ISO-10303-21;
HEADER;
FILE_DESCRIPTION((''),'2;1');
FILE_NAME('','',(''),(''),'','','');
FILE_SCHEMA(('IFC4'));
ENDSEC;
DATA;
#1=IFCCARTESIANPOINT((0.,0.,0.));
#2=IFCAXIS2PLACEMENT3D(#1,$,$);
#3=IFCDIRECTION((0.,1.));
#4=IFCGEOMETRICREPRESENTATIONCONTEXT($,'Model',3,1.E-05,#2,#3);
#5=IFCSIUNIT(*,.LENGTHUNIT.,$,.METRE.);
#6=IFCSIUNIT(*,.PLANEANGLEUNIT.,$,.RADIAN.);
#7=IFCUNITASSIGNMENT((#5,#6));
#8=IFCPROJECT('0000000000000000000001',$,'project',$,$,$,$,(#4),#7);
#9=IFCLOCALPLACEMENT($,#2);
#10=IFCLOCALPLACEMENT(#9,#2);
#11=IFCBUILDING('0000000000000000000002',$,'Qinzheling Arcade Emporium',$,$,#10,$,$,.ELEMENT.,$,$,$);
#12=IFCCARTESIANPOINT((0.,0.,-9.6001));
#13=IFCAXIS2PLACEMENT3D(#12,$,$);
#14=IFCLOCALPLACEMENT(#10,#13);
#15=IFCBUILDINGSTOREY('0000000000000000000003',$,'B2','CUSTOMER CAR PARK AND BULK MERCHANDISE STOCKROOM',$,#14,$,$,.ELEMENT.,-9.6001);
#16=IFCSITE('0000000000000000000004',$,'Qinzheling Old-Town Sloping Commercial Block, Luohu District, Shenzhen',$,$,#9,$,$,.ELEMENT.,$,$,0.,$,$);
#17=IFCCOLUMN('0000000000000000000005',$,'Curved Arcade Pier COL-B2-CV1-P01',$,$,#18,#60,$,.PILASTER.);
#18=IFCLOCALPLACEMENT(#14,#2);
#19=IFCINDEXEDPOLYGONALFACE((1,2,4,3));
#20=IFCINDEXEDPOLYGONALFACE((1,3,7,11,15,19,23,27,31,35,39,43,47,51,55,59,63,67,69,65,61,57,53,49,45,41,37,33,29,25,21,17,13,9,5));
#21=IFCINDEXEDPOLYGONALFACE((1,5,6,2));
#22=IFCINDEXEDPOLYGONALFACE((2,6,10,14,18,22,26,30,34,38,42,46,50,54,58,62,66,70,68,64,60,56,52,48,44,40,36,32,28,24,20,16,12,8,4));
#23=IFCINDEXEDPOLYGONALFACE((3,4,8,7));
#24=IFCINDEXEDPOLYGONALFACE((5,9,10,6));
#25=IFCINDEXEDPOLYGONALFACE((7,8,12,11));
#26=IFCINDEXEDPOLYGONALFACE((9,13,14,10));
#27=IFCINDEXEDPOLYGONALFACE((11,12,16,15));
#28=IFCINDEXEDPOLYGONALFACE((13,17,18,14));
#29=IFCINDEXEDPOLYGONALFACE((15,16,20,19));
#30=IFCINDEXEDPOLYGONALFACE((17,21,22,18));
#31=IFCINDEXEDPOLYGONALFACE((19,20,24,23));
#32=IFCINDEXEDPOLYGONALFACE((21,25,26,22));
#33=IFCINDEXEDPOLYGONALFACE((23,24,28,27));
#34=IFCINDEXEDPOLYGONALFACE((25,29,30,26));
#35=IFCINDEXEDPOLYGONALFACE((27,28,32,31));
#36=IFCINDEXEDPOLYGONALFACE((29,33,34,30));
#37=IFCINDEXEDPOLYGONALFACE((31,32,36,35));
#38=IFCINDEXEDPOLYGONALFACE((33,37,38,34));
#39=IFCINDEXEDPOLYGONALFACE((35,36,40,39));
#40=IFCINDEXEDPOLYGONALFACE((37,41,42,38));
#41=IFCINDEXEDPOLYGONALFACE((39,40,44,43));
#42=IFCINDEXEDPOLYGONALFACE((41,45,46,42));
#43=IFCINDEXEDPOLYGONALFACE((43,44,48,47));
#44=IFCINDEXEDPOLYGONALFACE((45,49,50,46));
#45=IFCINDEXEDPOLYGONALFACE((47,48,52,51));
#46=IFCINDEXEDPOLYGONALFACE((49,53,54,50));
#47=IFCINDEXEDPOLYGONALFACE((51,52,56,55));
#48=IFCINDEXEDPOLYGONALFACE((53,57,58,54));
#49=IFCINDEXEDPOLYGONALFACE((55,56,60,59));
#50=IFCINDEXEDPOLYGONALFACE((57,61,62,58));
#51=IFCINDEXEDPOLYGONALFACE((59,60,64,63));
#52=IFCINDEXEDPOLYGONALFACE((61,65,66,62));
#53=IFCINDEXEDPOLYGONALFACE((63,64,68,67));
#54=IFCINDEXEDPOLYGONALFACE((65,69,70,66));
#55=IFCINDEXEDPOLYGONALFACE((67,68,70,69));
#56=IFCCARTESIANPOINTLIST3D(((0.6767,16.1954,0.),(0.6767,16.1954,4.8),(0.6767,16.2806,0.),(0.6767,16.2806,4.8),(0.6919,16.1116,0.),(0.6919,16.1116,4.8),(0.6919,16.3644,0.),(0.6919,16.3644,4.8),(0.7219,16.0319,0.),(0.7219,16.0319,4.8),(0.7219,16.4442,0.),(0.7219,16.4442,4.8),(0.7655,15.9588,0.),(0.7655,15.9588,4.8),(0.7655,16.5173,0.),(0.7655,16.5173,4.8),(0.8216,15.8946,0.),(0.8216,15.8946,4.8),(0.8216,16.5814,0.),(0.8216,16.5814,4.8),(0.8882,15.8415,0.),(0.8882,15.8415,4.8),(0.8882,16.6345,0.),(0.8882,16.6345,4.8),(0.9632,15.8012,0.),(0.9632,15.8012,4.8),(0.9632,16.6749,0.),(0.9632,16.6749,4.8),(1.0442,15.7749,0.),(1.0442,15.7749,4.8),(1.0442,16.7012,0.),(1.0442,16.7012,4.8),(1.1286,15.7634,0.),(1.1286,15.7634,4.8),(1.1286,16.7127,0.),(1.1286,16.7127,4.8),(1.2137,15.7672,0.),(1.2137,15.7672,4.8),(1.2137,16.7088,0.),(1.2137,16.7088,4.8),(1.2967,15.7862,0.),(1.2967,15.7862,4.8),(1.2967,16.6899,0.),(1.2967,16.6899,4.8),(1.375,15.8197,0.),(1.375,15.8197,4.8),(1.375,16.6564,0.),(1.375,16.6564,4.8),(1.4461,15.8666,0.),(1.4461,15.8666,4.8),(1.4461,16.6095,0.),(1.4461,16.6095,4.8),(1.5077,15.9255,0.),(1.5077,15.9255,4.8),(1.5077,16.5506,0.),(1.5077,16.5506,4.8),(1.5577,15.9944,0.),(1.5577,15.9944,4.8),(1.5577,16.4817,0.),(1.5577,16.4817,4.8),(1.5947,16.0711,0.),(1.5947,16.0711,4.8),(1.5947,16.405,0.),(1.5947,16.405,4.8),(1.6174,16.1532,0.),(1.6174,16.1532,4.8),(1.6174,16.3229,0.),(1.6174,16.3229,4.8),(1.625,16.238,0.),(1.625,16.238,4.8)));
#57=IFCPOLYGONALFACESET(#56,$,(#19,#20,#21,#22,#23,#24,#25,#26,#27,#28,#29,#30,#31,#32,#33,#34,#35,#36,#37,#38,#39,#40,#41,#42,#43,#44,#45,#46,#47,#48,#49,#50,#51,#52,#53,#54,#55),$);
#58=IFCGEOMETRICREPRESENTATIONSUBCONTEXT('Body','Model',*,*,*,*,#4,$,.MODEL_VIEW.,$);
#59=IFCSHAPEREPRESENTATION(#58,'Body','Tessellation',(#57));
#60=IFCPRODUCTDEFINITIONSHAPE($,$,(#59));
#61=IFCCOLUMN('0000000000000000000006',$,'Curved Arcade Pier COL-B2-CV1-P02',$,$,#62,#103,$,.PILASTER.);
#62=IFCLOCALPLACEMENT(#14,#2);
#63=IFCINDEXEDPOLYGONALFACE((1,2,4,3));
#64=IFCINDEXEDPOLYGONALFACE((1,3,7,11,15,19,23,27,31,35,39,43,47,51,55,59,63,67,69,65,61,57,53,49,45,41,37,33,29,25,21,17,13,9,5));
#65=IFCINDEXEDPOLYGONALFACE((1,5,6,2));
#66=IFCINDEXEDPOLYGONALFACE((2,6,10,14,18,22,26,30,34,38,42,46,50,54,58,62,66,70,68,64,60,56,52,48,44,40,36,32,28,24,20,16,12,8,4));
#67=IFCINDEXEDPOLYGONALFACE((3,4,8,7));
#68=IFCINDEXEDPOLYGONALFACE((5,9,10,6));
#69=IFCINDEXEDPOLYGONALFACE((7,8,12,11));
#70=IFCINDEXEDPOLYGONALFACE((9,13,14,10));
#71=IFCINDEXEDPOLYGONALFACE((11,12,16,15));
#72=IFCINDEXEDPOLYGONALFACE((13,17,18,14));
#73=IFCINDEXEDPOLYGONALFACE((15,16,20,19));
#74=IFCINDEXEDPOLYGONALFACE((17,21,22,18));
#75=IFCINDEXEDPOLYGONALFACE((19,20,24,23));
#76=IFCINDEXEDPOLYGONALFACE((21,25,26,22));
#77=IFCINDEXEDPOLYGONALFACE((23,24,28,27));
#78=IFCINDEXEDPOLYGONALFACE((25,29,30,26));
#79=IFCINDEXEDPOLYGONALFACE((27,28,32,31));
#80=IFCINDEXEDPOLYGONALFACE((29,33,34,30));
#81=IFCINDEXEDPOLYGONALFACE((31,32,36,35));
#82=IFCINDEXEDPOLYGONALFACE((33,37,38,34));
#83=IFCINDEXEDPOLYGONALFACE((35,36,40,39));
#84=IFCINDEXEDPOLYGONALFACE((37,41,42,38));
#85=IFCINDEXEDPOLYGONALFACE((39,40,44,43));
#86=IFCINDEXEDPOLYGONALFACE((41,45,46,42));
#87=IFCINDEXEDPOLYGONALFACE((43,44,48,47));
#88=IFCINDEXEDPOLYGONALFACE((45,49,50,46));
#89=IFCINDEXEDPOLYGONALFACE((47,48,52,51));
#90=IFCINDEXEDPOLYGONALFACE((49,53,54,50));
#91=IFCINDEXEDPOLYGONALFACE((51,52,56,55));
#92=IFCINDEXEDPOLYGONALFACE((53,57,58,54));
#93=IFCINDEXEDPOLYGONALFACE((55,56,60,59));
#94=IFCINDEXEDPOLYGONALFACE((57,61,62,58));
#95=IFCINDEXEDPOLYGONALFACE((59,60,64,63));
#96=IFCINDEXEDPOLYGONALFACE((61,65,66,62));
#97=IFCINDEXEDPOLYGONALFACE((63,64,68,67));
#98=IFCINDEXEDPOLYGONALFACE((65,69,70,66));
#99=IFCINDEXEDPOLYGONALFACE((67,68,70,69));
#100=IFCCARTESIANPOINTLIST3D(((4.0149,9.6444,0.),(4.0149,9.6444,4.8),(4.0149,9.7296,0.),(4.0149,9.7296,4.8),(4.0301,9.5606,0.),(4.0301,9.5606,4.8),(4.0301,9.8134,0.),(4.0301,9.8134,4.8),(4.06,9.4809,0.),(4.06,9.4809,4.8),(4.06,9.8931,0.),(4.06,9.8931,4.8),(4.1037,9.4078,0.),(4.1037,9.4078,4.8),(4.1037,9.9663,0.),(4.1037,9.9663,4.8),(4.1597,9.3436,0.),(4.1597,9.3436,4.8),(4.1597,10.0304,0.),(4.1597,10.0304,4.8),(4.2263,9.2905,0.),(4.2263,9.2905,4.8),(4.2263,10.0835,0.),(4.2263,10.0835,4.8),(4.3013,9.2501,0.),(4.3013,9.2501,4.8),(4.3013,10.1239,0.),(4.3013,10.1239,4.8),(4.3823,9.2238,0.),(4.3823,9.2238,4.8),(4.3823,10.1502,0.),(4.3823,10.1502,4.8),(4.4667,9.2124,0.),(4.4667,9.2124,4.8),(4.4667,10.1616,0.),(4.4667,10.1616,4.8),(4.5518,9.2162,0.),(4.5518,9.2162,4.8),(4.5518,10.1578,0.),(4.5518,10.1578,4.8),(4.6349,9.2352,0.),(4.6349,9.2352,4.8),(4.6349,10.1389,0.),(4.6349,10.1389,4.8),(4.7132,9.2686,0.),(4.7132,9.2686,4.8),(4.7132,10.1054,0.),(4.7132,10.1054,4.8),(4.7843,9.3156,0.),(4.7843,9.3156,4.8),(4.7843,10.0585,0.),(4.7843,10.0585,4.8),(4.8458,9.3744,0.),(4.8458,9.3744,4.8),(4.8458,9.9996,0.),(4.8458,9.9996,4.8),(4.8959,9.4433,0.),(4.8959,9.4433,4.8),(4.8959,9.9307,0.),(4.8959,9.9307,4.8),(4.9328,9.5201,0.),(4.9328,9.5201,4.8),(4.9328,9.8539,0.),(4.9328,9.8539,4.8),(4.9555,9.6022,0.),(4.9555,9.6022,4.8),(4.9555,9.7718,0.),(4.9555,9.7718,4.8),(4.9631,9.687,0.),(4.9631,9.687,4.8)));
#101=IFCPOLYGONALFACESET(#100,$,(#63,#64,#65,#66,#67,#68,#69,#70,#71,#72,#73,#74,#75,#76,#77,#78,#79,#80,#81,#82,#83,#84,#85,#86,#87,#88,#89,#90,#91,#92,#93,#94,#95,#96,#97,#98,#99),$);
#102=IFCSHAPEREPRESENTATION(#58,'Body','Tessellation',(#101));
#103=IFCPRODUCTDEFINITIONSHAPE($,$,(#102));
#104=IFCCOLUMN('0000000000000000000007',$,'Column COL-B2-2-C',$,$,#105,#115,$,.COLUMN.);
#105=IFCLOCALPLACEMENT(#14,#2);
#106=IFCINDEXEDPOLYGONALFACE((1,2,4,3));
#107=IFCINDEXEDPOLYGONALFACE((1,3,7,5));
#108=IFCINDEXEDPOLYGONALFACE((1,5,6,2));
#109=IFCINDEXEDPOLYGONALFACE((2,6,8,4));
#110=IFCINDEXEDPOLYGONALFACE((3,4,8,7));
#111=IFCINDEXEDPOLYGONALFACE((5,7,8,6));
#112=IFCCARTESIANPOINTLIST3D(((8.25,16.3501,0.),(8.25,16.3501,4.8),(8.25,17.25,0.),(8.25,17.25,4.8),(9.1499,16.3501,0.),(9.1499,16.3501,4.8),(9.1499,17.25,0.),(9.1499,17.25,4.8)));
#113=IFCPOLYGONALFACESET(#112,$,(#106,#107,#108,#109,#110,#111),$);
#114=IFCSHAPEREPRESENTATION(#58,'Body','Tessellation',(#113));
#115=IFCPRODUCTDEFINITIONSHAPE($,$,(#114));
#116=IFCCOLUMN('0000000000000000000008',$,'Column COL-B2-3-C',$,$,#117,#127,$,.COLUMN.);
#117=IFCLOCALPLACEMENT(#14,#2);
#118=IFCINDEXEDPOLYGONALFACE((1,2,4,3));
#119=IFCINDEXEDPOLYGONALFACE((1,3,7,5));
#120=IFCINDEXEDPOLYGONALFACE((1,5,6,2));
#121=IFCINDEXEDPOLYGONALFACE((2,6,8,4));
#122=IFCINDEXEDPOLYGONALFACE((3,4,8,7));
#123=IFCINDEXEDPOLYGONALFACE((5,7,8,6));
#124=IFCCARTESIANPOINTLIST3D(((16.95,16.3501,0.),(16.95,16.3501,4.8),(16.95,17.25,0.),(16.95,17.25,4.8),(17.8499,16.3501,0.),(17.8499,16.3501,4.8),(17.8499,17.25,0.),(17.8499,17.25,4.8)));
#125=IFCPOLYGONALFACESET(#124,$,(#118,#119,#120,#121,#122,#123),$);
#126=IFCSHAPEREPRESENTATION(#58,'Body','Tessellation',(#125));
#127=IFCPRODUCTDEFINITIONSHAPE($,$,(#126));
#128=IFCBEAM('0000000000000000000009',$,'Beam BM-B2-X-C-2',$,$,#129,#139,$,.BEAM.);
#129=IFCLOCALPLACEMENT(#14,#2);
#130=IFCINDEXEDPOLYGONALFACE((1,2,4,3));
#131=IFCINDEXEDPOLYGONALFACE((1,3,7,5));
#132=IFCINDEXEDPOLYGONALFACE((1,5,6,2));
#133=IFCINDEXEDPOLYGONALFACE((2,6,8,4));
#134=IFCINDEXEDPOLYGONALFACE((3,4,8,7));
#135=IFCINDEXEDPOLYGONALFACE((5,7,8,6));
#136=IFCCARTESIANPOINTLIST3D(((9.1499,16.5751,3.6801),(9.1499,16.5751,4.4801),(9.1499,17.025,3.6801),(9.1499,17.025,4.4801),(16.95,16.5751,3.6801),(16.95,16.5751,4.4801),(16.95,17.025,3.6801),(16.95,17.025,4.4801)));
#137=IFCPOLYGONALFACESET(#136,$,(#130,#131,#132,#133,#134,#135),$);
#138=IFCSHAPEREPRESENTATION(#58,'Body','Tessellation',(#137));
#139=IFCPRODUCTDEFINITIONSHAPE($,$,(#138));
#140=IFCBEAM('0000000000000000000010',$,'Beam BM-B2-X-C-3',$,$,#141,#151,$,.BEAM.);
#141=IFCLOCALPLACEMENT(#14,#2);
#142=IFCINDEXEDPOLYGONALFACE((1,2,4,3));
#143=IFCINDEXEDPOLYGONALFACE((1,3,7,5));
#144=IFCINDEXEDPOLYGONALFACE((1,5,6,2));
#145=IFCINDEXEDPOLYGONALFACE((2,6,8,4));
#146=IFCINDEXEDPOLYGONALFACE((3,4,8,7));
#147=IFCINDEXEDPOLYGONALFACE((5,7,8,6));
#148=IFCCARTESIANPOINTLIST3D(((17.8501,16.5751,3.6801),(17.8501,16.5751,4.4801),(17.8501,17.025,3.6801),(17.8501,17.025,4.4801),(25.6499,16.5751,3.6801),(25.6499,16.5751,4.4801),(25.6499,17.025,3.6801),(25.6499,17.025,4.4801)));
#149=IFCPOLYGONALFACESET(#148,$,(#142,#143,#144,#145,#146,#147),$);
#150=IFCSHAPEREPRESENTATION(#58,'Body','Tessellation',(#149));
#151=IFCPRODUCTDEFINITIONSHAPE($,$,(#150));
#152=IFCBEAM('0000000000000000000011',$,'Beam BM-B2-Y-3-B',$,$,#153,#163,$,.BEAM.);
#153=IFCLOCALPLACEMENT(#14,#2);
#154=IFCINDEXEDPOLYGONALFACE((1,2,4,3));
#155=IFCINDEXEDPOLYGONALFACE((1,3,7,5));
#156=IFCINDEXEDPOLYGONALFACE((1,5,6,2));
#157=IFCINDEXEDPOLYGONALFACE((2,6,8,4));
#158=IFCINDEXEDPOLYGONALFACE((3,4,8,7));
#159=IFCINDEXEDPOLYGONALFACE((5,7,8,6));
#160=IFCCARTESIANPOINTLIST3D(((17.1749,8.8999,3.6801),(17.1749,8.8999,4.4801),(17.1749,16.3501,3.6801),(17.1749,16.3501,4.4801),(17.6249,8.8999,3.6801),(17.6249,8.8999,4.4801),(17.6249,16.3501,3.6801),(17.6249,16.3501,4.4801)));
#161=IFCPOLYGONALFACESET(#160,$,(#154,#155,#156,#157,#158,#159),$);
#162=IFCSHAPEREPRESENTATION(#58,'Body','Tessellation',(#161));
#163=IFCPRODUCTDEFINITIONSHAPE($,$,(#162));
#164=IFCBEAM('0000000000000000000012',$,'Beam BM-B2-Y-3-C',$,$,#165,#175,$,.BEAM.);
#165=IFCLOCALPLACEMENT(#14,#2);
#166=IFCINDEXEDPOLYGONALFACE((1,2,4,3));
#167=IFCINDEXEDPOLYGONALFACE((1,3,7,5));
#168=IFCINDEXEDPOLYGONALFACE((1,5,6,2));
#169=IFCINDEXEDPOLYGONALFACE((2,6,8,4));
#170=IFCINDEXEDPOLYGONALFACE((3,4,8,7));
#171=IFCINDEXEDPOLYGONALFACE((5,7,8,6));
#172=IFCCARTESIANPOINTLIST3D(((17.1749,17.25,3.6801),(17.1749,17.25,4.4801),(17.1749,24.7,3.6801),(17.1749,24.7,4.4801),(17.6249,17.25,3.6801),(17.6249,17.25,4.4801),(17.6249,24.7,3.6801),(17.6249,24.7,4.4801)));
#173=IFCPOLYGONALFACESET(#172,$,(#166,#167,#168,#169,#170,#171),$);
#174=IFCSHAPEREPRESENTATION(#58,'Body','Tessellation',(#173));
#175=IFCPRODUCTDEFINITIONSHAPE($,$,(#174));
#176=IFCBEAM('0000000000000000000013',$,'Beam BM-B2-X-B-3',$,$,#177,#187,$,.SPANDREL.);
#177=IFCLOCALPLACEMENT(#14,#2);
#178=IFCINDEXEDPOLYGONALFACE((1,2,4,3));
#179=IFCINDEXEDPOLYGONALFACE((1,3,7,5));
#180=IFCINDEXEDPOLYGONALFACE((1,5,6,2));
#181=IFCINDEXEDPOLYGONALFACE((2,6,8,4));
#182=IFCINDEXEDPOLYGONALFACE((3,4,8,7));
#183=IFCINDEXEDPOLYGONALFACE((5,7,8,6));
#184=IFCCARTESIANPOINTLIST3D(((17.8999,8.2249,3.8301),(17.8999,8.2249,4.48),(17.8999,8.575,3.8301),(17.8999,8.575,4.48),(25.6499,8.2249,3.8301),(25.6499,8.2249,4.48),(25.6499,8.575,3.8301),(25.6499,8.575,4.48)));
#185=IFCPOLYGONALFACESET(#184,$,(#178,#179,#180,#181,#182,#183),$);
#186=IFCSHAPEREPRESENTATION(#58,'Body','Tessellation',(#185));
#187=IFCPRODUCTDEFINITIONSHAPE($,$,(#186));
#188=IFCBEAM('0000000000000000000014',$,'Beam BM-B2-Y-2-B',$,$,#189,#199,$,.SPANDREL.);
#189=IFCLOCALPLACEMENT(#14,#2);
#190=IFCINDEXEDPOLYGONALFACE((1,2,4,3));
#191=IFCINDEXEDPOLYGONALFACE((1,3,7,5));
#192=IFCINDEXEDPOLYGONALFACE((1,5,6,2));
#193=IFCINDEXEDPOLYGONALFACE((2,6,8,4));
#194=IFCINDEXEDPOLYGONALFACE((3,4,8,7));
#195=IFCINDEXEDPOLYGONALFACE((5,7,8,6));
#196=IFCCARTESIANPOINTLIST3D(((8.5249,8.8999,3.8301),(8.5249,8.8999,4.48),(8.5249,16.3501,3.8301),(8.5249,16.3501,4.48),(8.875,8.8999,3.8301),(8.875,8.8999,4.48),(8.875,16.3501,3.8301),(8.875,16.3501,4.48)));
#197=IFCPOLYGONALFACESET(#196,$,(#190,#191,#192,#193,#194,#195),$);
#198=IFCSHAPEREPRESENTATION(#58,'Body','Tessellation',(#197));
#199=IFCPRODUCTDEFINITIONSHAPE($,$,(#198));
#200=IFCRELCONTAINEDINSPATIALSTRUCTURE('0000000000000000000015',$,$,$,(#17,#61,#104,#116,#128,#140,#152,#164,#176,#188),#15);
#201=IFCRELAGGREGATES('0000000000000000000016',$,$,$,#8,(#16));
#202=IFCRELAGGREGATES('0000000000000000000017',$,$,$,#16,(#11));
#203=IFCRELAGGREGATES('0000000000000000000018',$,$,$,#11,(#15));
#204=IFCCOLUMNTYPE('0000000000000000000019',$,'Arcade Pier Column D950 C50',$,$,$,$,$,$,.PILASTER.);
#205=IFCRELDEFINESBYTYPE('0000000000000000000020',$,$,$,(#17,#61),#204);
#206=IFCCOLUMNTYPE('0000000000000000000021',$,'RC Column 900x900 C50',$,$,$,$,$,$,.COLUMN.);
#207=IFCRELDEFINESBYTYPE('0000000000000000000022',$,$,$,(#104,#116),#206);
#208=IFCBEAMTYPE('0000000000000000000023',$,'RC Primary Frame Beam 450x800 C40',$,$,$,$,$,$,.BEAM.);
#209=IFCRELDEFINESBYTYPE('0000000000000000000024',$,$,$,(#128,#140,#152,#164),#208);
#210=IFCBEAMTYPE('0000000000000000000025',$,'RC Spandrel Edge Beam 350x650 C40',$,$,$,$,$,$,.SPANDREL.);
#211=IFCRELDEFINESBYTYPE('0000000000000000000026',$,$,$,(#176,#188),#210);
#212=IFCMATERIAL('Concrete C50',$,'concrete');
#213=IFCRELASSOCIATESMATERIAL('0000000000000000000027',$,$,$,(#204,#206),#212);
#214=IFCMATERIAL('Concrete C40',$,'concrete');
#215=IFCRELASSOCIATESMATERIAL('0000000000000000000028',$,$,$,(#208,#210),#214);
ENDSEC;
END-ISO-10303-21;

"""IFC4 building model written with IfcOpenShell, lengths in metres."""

from ifc_helpers import new_model, si_unit, direction, frame, origin, origin_2d, place, context, subcontext, project, spatial, rectangle, circle, extrude, material, material_profile, profile_set, type_object, element, save


model = new_model("IFC4")

# Units and contexts
model_context = context("Model", 3, precision=1e-05, world=origin(), true_north=direction((0.0, 1.0)))
body_context = subcontext(model_context, "Body", "Model", "MODEL_VIEW")
ifc_project = project(units=[si_unit("LENGTHUNIT", "METRE"), si_unit("PLANEANGLEUNIT", "RADIAN")], contexts=[model_context])

# Site, building, storey
site_placement = place(None, origin())
site = spatial("IfcSite", under=ifc_project, at=site_placement, Name="Qinzheling Old-Town Sloping Commercial Block, Luohu District, Shenzhen", CompositionType="ELEMENT", RefElevation=0.0)
building_placement = place(site_placement, origin())
building = spatial("IfcBuilding", under=site, at=building_placement, Name="Qinzheling Arcade Emporium", CompositionType="ELEMENT")
storey_placement = place(building_placement, frame((0.0, 0.0, -9.6001)))
storey = spatial("IfcBuildingStorey", under=building, at=storey_placement, Name="B2", Description="CUSTOMER CAR PARK AND BULK MERCHANDISE STOCKROOM", CompositionType="ELEMENT", Elevation=-9.6001)

# Shared definitions
ifc_material_1 = material(Name="Concrete C40", Category="concrete")

# Columns
ifc_material_2 = material(Name="Concrete C50", Category="concrete")
ifc_material_profile_1 = material_profile(ifc_material_2, circle(Radius=0.4751, at=origin_2d()), Name="RC D950", Category="concrete")
ifc_profile_set_1 = profile_set([ifc_material_profile_1], Name="Concrete C50")
column_type_1 = type_object("IfcColumnType", Name="Arcade Pier Column D950 C50", PredefinedType="PILASTER", material=ifc_profile_set_1)
for number, where, z_axis, x_axis, name in (
    (1, (1.1499, 16.238, 0.0), (0.0, 0.0, 1.0), (1.0, 0.0, 0.0), "Curved Arcade Pier COL-B2-CV1-P01"),
    (2, (4.488, 9.687, 0.0), (0.0, 0.0, 1.0), (1.0, 0.0, 0.0), "Curved Arcade Pier COL-B2-CV1-P02"),
):
    element("IfcColumn", number, at=place(storey_placement, frame(where, z_axis=z_axis, x_axis=x_axis)), inside=storey, type_object=column_type_1, Name=name, PredefinedType="PILASTER", context=body_context, shape_type="SweptSolid", body=[
        extrude(circle(Radius=0.4751, at=origin_2d()), origin(), (0.0, 0.0, 1.0), 4.8),
    ])
ifc_material_profile_2 = material_profile(ifc_material_2, rectangle(XDim=0.8999, YDim=0.8999, at=origin_2d()), Name="RC 900x900", Category="concrete")
ifc_profile_set_2 = profile_set([ifc_material_profile_2], Name="Concrete C50")
column_type_2 = type_object("IfcColumnType", Name="RC Column 900x900 C50", PredefinedType="COLUMN", material=ifc_profile_set_2)
for number, where, z_axis, x_axis, name in (
    (3, (8.7, 16.8, 0.0), (0.0, 0.0, 1.0), (1.0, 0.0, 0.0), "Column COL-B2-2-C"),
    (4, (17.3999, 16.8, 0.0), (0.0, 0.0, 1.0), (1.0, 0.0, 0.0), "Column COL-B2-3-C"),
):
    element("IfcColumn", number, at=place(storey_placement, frame(where, z_axis=z_axis, x_axis=x_axis)), inside=storey, type_object=column_type_2, Name=name, PredefinedType="COLUMN", context=body_context, shape_type="SweptSolid", body=[
        extrude(rectangle(XDim=0.8999, YDim=0.8999, at=origin_2d()), origin(), (0.0, 0.0, 1.0), 4.8),
    ])

# Beams
ifc_material_profile_3 = material_profile(ifc_material_1, rectangle(XDim=0.45, YDim=0.8, at=origin_2d()), Name="RC 450x800", Category="concrete")
ifc_profile_set_3 = profile_set([ifc_material_profile_3], Name="Concrete C40")
beam_type_1 = type_object("IfcBeamType", Name="RC Primary Frame Beam 450x800 C40", PredefinedType="BEAM", material=ifc_profile_set_3)
beam_1_placement = place(storey_placement, frame((9.1499, 16.8, 4.0801), z_axis=(1.0, 0.0, 0.0), x_axis=(0.0, 1.0, 0.0)))
element("IfcBeam", 5, at=beam_1_placement, inside=storey, type_object=beam_type_1, Name="Beam BM-B2-X-C-2", PredefinedType="BEAM", context=body_context, shape_type="SweptSolid", body=[
    extrude(rectangle(XDim=0.45, YDim=0.8, at=origin_2d()), origin(), (0.0, 0.0, 1.0), 7.8),
])
beam_2_placement = place(storey_placement, frame((17.8501, 16.8, 4.0801), z_axis=(1.0, 0.0, 0.0), x_axis=(0.0, 1.0, 0.0)))
element("IfcBeam", 6, at=beam_2_placement, inside=storey, type_object=beam_type_1, Name="Beam BM-B2-X-C-3", PredefinedType="BEAM", context=body_context, shape_type="SweptSolid", body=[
    extrude(rectangle(XDim=0.45, YDim=0.8, at=origin_2d()), origin(), (0.0, 0.0, 1.0), 7.7998),
])
beam_3_placement = place(storey_placement, frame((17.3999, 8.8999, 4.0801), z_axis=(0.0, 1.0, 0.0), x_axis=(-1.0, 0.0, 0.0)))
element("IfcBeam", 7, at=beam_3_placement, inside=storey, type_object=beam_type_1, Name="Beam BM-B2-Y-3-B", PredefinedType="BEAM", context=body_context, shape_type="SweptSolid", body=[
    extrude(rectangle(XDim=0.45, YDim=0.8, at=origin_2d()), origin(), (0.0, 0.0, 1.0), 7.4502),
])
beam_4_placement = place(storey_placement, frame((17.3999, 17.25, 4.0801), z_axis=(0.0, 1.0, 0.0), x_axis=(-1.0, 0.0, 0.0)))
element("IfcBeam", 8, at=beam_4_placement, inside=storey, type_object=beam_type_1, Name="Beam BM-B2-Y-3-C", PredefinedType="BEAM", context=body_context, shape_type="SweptSolid", body=[
    extrude(rectangle(XDim=0.45, YDim=0.8, at=origin_2d()), origin(), (0.0, 0.0, 1.0), 7.45),
])
ifc_material_profile_4 = material_profile(ifc_material_1, rectangle(XDim=0.3501, YDim=0.6499, at=origin_2d()), Name="RC 350x650", Category="concrete")
ifc_profile_set_4 = profile_set([ifc_material_profile_4], Name="Concrete C40")
beam_type_2 = type_object("IfcBeamType", Name="RC Spandrel Edge Beam 350x650 C40", PredefinedType="SPANDREL", material=ifc_profile_set_4)
beam_5_placement = place(storey_placement, frame((17.8999, 8.3999, 4.155), z_axis=(1.0, 0.0, 0.0), x_axis=(0.0, 1.0, 0.0)))
element("IfcBeam", 9, at=beam_5_placement, inside=storey, type_object=beam_type_2, Name="Beam BM-B2-X-B-3", PredefinedType="SPANDREL", context=body_context, shape_type="SweptSolid", body=[
    extrude(rectangle(XDim=0.3501, YDim=0.6499, at=origin_2d()), origin(), (0.0, 0.0, 1.0), 7.75),
])
beam_6_placement = place(storey_placement, frame((8.7, 8.8999, 4.155), z_axis=(0.0, 1.0, 0.0), x_axis=(-1.0, 0.0, 0.0)))
element("IfcBeam", 10, at=beam_6_placement, inside=storey, type_object=beam_type_2, Name="Beam BM-B2-Y-2-B", PredefinedType="SPANDREL", context=body_context, shape_type="SweptSolid", body=[
    extrude(rectangle(XDim=0.3501, YDim=0.6499, at=origin_2d()), origin(), (0.0, 0.0, 1.0), 7.4502),
])

save(model, "model.ifc")
